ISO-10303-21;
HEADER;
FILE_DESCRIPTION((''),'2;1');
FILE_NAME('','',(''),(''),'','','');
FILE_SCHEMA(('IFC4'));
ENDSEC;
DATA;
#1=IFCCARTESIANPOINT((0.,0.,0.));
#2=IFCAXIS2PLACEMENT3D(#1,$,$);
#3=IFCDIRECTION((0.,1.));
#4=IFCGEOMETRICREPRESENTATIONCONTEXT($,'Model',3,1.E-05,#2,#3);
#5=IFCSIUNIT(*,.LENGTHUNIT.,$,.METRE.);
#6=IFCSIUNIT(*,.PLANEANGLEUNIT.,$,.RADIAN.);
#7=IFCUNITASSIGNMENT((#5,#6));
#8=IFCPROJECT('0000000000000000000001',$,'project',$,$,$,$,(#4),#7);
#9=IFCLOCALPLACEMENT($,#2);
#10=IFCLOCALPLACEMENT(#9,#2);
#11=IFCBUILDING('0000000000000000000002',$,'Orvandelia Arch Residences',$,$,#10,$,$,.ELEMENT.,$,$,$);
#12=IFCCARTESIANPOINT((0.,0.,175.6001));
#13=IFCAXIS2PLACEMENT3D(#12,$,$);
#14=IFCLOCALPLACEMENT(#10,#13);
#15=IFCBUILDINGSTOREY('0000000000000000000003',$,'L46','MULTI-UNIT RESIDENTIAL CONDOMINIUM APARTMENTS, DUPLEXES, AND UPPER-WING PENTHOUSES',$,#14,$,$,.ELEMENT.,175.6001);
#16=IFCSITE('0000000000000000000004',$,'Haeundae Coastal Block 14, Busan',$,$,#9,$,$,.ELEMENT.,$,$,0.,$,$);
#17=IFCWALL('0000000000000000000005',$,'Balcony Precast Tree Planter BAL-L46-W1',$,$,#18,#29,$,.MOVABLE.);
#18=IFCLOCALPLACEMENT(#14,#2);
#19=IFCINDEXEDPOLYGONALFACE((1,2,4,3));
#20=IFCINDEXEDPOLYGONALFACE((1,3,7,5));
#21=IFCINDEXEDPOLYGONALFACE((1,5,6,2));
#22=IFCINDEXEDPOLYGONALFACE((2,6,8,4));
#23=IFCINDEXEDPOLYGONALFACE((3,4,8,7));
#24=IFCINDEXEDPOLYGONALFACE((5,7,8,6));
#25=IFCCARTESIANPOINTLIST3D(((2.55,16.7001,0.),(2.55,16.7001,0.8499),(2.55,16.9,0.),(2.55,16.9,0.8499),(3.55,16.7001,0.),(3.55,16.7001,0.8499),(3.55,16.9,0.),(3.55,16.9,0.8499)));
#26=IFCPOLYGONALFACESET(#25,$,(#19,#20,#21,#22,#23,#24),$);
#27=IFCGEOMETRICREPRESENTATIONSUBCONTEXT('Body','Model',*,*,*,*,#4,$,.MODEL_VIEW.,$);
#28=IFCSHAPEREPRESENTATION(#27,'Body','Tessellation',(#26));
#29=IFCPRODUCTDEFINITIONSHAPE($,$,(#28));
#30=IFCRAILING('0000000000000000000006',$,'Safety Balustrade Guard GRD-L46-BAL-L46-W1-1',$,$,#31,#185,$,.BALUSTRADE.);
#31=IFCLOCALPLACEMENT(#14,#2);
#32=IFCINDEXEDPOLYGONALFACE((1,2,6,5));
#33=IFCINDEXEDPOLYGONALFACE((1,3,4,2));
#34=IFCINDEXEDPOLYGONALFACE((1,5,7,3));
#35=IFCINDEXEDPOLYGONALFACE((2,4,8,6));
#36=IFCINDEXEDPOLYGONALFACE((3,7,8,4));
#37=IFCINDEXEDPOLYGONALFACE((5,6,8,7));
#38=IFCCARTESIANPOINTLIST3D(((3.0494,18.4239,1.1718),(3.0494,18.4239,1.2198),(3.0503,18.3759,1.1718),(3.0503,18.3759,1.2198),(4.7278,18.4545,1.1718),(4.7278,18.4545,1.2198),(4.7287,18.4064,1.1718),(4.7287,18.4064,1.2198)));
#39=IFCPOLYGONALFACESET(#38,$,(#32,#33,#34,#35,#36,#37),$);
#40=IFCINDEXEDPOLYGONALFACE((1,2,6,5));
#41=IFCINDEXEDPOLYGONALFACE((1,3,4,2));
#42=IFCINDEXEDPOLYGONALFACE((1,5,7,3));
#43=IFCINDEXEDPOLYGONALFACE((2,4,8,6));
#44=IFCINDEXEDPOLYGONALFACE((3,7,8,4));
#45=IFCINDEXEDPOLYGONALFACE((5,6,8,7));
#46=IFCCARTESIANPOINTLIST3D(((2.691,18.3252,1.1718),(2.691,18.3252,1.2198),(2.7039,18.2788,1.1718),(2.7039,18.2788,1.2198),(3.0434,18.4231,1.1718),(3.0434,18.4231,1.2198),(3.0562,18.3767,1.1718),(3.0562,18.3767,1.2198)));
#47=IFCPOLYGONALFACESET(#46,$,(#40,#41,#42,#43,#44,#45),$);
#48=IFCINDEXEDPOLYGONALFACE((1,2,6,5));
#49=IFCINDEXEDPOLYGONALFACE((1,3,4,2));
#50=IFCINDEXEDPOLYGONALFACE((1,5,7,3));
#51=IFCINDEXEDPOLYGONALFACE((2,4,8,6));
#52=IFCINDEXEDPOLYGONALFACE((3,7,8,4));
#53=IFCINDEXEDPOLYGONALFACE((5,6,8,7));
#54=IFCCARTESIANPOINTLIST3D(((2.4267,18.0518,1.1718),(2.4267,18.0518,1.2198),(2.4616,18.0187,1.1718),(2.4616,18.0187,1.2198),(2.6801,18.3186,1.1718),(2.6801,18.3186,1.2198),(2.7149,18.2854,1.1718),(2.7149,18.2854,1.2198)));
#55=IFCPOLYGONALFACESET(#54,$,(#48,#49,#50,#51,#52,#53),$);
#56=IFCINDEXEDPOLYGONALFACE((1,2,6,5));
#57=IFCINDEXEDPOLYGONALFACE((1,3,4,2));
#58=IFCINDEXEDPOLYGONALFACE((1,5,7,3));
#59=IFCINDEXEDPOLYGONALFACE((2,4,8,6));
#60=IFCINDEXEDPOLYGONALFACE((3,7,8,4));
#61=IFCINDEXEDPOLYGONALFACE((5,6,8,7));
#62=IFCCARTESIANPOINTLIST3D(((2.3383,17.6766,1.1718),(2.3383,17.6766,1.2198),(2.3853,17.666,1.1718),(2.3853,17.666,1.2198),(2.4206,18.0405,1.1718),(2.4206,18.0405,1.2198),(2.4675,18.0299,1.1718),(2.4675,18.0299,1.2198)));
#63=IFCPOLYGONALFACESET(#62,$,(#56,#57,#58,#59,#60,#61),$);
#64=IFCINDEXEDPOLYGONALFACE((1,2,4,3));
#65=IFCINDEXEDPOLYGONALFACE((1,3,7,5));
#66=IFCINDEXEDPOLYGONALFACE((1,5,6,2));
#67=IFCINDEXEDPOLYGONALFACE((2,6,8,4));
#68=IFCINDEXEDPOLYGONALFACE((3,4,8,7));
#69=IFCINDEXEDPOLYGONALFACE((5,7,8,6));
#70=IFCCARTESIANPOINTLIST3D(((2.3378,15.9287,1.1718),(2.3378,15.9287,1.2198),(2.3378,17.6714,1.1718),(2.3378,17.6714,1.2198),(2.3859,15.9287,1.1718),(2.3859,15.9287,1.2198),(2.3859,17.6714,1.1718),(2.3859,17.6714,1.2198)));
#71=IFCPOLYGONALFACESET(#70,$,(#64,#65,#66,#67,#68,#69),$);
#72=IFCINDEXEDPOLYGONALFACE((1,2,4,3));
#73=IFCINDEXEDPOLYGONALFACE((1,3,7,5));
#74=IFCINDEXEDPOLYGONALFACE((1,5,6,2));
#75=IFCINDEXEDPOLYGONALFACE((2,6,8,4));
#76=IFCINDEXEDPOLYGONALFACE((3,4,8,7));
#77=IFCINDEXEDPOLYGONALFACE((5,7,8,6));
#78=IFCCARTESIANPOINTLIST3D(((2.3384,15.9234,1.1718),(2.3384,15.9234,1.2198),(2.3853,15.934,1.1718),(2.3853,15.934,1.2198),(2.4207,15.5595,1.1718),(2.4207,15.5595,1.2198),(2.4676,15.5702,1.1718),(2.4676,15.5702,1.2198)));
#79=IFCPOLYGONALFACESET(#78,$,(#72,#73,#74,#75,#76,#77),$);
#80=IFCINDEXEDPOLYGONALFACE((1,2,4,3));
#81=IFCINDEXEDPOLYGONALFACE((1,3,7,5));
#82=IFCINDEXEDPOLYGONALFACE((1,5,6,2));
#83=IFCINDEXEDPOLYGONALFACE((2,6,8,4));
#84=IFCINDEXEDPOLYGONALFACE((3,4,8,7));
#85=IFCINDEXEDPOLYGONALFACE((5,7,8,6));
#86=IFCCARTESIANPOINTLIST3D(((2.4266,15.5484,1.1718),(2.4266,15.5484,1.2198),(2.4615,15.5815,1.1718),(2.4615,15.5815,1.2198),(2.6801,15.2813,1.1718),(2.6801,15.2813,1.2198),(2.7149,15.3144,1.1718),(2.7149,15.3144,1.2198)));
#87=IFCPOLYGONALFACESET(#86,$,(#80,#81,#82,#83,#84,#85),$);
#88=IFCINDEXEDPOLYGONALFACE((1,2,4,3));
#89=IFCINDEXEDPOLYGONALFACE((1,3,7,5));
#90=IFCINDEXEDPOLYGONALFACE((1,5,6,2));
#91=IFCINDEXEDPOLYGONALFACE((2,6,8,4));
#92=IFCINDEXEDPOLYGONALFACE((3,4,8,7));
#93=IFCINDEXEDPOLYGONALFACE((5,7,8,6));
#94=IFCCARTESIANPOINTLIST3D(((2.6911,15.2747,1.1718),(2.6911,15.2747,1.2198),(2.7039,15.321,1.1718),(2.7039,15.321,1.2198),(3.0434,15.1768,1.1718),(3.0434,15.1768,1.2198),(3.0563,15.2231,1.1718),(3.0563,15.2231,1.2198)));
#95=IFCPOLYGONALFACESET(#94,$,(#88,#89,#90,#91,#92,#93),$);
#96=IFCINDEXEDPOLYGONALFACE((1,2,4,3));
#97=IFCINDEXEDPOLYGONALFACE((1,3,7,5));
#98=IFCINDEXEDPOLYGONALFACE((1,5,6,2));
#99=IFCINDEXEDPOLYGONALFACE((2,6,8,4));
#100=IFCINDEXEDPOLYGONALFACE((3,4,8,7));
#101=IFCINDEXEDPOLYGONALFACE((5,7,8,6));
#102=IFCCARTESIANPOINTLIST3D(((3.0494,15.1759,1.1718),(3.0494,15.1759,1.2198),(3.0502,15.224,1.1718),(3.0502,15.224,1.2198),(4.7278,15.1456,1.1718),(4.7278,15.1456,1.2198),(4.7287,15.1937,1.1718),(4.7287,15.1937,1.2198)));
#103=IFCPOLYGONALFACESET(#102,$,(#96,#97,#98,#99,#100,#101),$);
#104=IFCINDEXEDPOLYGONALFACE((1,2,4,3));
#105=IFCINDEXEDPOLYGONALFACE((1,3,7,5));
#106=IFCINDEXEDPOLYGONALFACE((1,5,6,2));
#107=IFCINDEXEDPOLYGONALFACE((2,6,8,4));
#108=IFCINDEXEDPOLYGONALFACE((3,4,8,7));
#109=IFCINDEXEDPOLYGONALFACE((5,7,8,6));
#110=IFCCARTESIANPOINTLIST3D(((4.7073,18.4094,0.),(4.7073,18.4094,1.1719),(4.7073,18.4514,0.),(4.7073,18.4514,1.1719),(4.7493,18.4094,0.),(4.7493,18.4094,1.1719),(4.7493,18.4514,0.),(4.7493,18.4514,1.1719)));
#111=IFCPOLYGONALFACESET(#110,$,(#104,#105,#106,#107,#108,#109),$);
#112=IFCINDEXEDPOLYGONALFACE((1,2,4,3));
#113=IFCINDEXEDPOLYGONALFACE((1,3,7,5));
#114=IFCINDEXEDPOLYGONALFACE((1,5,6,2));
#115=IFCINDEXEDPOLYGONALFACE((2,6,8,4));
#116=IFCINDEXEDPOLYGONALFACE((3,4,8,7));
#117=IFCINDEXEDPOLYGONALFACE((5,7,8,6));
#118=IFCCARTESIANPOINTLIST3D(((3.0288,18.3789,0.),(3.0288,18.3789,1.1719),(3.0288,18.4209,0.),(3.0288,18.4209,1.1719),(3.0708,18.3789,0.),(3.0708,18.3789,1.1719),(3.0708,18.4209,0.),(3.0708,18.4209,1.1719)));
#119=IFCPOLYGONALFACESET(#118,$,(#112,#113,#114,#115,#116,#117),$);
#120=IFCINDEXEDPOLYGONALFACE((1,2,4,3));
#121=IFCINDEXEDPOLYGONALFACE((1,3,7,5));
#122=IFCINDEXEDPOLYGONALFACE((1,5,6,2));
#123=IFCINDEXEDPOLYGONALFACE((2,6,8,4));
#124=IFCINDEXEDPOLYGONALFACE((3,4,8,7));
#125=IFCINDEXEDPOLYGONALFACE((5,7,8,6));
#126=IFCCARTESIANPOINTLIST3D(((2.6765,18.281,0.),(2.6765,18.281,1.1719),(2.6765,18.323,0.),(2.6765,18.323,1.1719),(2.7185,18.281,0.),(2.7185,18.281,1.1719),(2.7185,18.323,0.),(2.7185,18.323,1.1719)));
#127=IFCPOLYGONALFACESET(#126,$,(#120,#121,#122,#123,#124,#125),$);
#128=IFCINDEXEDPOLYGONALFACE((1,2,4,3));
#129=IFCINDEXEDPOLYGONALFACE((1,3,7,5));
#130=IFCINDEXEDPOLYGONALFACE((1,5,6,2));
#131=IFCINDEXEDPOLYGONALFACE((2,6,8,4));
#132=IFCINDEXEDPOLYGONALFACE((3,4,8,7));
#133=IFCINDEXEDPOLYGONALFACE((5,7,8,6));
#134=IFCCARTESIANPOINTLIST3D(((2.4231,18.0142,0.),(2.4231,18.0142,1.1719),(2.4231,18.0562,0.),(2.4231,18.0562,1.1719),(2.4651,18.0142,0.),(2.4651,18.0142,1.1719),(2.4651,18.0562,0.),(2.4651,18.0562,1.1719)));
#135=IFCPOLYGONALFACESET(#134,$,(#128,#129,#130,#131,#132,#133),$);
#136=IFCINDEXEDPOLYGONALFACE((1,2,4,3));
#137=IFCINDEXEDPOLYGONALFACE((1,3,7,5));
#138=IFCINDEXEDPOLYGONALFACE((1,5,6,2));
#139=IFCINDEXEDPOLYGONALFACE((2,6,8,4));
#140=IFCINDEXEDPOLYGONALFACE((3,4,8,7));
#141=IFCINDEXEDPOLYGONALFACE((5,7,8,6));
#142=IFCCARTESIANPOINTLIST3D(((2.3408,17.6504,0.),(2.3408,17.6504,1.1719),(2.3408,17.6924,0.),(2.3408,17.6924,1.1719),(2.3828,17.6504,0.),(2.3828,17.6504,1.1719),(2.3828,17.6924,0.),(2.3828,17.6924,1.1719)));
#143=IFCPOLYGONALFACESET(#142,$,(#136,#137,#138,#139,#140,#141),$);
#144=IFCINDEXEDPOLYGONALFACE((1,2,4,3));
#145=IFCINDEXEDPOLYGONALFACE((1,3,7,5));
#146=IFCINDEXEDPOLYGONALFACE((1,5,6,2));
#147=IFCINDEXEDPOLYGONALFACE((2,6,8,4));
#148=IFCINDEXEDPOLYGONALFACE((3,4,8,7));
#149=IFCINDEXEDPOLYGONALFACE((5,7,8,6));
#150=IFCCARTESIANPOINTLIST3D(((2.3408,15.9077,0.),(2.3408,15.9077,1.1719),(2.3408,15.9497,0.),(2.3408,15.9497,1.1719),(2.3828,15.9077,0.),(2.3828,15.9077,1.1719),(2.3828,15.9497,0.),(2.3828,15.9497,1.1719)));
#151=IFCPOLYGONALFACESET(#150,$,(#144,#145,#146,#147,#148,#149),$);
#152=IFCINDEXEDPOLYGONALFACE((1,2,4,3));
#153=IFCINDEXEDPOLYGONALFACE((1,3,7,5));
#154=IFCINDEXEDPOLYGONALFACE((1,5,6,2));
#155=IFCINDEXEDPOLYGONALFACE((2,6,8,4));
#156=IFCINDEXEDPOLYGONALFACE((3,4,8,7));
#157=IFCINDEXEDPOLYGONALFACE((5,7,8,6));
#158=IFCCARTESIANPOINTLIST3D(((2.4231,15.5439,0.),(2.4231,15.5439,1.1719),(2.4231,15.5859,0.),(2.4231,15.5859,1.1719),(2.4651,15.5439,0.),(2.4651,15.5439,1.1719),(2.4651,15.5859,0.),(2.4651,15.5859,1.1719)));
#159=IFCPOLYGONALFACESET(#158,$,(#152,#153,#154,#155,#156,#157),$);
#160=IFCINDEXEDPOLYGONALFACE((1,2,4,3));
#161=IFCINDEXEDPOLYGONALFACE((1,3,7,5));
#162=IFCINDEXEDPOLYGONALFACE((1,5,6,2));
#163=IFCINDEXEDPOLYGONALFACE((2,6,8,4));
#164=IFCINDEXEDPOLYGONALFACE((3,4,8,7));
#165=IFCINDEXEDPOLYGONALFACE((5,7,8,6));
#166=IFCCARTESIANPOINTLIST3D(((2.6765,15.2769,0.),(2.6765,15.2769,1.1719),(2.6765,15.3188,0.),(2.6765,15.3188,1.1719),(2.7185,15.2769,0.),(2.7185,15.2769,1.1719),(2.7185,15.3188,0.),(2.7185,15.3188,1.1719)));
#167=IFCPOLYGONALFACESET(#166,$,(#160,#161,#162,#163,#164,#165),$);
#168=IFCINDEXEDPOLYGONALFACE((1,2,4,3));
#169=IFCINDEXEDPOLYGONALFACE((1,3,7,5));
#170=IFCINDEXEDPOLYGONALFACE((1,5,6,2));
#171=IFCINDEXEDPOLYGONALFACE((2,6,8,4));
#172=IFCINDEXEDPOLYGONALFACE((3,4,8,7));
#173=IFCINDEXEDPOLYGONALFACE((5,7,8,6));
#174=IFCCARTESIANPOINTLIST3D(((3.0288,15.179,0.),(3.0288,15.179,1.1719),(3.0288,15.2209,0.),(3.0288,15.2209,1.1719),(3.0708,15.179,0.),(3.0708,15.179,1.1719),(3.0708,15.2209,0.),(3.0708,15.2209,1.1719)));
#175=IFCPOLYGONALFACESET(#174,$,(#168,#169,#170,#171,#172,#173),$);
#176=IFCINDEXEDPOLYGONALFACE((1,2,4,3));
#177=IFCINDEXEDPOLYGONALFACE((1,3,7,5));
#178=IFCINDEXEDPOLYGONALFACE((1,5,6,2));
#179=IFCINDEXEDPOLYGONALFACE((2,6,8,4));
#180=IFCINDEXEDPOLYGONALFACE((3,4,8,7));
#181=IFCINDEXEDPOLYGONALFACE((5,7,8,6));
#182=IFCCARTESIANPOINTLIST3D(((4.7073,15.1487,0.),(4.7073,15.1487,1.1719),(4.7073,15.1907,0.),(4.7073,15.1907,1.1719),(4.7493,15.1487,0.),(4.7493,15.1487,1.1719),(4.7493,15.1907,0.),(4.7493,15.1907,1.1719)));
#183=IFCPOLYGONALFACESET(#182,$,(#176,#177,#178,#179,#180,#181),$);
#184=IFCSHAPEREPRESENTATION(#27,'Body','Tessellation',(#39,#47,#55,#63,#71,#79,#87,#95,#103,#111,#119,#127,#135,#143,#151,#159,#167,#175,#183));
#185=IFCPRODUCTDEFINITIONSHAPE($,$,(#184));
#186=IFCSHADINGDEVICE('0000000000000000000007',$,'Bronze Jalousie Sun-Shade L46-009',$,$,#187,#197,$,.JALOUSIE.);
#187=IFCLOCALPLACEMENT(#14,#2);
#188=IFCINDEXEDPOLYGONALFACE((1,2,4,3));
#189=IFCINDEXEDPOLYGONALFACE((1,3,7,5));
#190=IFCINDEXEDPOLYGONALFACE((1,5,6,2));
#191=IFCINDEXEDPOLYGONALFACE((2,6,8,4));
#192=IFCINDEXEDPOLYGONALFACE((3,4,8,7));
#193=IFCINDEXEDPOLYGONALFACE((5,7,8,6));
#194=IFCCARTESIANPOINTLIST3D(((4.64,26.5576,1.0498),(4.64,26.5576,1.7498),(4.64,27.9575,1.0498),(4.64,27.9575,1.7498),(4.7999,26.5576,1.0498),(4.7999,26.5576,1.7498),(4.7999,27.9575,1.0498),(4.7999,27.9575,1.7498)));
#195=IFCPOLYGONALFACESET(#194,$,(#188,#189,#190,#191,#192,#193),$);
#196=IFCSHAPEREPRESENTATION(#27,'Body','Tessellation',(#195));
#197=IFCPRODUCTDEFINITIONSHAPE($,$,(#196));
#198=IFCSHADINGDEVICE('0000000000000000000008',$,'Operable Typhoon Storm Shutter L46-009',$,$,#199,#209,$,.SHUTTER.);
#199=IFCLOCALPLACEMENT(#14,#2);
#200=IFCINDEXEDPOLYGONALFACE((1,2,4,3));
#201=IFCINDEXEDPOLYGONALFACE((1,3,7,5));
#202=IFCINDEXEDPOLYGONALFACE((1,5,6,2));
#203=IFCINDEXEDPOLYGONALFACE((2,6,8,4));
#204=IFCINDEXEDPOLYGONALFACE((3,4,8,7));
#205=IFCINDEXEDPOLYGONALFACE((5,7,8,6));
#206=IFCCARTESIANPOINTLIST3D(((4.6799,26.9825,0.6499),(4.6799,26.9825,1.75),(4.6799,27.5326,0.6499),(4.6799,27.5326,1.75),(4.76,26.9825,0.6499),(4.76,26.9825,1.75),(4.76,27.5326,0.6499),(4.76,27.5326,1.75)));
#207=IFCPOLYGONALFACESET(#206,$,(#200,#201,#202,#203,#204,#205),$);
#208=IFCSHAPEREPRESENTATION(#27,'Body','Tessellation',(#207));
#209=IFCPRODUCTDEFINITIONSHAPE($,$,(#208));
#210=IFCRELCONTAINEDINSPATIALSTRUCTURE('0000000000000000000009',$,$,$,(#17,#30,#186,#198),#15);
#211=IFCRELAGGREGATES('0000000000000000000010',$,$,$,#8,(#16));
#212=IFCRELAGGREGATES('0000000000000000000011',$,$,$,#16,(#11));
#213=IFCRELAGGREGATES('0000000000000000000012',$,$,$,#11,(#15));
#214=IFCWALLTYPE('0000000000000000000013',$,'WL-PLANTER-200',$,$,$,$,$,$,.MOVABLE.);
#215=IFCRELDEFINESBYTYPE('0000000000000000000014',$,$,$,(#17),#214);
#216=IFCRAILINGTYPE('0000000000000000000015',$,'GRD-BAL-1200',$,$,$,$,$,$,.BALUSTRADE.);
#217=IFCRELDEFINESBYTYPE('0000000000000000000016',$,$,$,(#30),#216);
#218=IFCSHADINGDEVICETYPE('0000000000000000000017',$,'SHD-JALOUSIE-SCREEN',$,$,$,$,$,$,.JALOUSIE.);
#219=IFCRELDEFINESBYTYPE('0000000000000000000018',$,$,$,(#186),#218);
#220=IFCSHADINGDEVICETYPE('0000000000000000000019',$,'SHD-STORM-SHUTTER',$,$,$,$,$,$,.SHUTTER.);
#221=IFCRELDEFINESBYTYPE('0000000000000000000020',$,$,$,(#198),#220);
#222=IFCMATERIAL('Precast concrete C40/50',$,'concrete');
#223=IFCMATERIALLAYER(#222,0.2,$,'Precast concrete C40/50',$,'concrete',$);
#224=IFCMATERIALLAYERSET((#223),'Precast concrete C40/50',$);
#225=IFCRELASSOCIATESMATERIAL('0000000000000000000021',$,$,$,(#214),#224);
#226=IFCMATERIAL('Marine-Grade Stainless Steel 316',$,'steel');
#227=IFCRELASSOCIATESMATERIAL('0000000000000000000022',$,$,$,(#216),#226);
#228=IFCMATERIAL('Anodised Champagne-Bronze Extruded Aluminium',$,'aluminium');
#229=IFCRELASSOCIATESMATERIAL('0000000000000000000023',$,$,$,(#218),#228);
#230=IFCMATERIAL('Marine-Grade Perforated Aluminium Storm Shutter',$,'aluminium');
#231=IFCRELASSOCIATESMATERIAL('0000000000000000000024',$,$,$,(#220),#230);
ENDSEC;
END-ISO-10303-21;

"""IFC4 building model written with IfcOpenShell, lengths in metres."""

from ifc_helpers import new_model, si_unit, direction, frame, frame_2d, origin, origin_2d, place, context, subcontext, project, spatial, rectangle, extrude, material, layer, layer_set, type_object, element, save


model = new_model("IFC4")

# Units and contexts
model_context = context("Model", 3, precision=1e-05, world=origin(), true_north=direction((0.0, 1.0)))
body_context = subcontext(model_context, "Body", "Model", "MODEL_VIEW")
ifc_project = project(units=[si_unit("LENGTHUNIT", "METRE"), si_unit("PLANEANGLEUNIT", "RADIAN")], contexts=[model_context])

# Site, building, storey
site_placement = place(None, origin())
site = spatial("IfcSite", under=ifc_project, at=site_placement, Name="Haeundae Coastal Block 14, Busan", CompositionType="ELEMENT", RefElevation=0.0)
building_placement = place(site_placement, origin())
building = spatial("IfcBuilding", under=site, at=building_placement, Name="Orvandelia Arch Residences", CompositionType="ELEMENT")
storey_placement = place(building_placement, frame((0.0, 0.0, 175.6001)))
storey = spatial("IfcBuildingStorey", under=building, at=storey_placement, Name="L46", Description="MULTI-UNIT RESIDENTIAL CONDOMINIUM APARTMENTS, DUPLEXES, AND UPPER-WING PENTHOUSES", CompositionType="ELEMENT", Elevation=175.6001)

# Wall
ifc_material_1 = material(Name="Precast concrete C40/50", Category="concrete")
ifc_layer_1 = layer(ifc_material_1, 0.2, Name="Precast concrete C40/50", Category="concrete")
ifc_layer_set_1 = layer_set([ifc_layer_1], Name="Precast concrete C40/50")
wall_type_1 = type_object("IfcWallType", Name="WL-PLANTER-200", PredefinedType="MOVABLE", material=ifc_layer_set_1)
wall_1_placement = place(storey_placement, frame((2.55, 16.8, 0.0), z_axis=(0.0, 0.0, 1.0), x_axis=(1.0, 0.0, 0.0)))
element("IfcWall", 1, at=wall_1_placement, inside=storey, type_object=wall_type_1, Name="Balcony Precast Tree Planter BAL-L46-W1", PredefinedType="MOVABLE", context=body_context, shape_type="SweptSolid", body=[
    extrude(rectangle(XDim=1.0, YDim=0.2, at=frame_2d((0.5, 0.0))), origin(), (0.0, 0.0, 1.0), 0.8499),
])

# Railing
ifc_material_2 = material(Name="Marine-Grade Stainless Steel 316", Category="steel")
railing_type = type_object("IfcRailingType", Name="GRD-BAL-1200", PredefinedType="BALUSTRADE", material=ifc_material_2)
railing_placement = place(storey_placement, frame((4.7283, 18.4304, 0.0)))
element("IfcRailing", 2, at=railing_placement, inside=storey, type_object=railing_type, Name="Safety Balustrade Guard GRD-L46-BAL-L46-W1-1", PredefinedType="BALUSTRADE", context=body_context, shape_type="SweptSolid", body=[
    extrude(rectangle(XDim=0.0481, YDim=0.0481, at=origin_2d()), frame((0.0, 0.0, 1.1958), z_axis=(-0.999835, -0.018179, 0.0), x_axis=(0.018179, -0.999835, 0.0)), (0.0, 0.0, 1.0), 1.6787),
    extrude(rectangle(XDim=0.0481, YDim=0.0481, at=origin_2d()), frame((-1.6785, -0.0305, 1.1958), z_axis=(-0.963489, -0.267747, 0.0), x_axis=(0.267747, -0.963489, 0.0)), (0.0, 0.0, 1.0), 0.3657),
    extrude(rectangle(XDim=0.0481, YDim=0.0481, at=origin_2d()), frame((-2.0308, -0.1284, 1.1958), z_axis=(-0.688627, -0.725115, 0.0), x_axis=(0.725115, -0.688627, 0.0)), (0.0, 0.0, 1.0), 0.3679),
    extrude(rectangle(XDim=0.0481, YDim=0.0481, at=origin_2d()), frame((-2.2842, -0.3953, 1.1958), z_axis=(-0.220602, -0.975364, 0.0), x_axis=(0.975364, -0.220602, 0.0)), (0.0, 0.0, 1.0), 0.373),
    extrude(rectangle(XDim=0.0481, YDim=0.0481, at=origin_2d()), frame((-2.3665, -0.759, 1.1958), z_axis=(0.0, -1.0, 0.0), x_axis=(1.0, 0.0, 0.0)), (0.0, 0.0, 1.0), 1.7427),
    extrude(rectangle(XDim=0.0481, YDim=0.0481, at=origin_2d()), frame((-2.3665, -2.5017, 1.1958), z_axis=(0.220602, -0.975364, 0.0), x_axis=(0.975364, 0.220602, 0.0)), (0.0, 0.0, 1.0), 0.373),
    extrude(rectangle(XDim=0.0481, YDim=0.0481, at=origin_2d()), frame((-2.2842, -2.8655, 1.1958), z_axis=(0.688296, -0.72543, 0.0), x_axis=(0.72543, 0.688296, 0.0)), (0.0, 0.0, 1.0), 0.3682),
    extrude(rectangle(XDim=0.0481, YDim=0.0481, at=origin_2d()), frame((-2.0308, -3.1326, 1.1958), z_axis=(0.963489, -0.267747, 0.0), x_axis=(0.267747, 0.963489, 0.0)), (0.0, 0.0, 1.0), 0.3657),
    extrude(rectangle(XDim=0.0481, YDim=0.0481, at=origin_2d()), frame((-1.6785, -3.2305, 1.1958), z_axis=(0.999837, -0.018033, 0.0), x_axis=(0.018033, 0.999837, 0.0)), (0.0, 0.0, 1.0), 1.6787),
    extrude(rectangle(XDim=0.042, YDim=0.042, at=origin_2d()), origin(), (0.0, 0.0, 1.0), 1.1719),
    extrude(rectangle(XDim=0.042, YDim=0.042, at=origin_2d()), frame((-1.6785, -0.0305, 0.0)), (0.0, 0.0, 1.0), 1.1719),
    extrude(rectangle(XDim=0.042, YDim=0.042, at=origin_2d()), frame((-2.0308, -0.1284, 0.0)), (0.0, 0.0, 1.0), 1.1719),
    extrude(rectangle(XDim=0.042, YDim=0.042, at=origin_2d()), frame((-2.2842, -0.3953, 0.0)), (0.0, 0.0, 1.0), 1.1719),
    extrude(rectangle(XDim=0.042, YDim=0.042, at=origin_2d()), frame((-2.3665, -0.759, 0.0)), (0.0, 0.0, 1.0), 1.1719),
    extrude(rectangle(XDim=0.042, YDim=0.042, at=origin_2d()), frame((-2.3665, -2.5017, 0.0)), (0.0, 0.0, 1.0), 1.1719),
    extrude(rectangle(XDim=0.042, YDim=0.042, at=origin_2d()), frame((-2.2842, -2.8655, 0.0)), (0.0, 0.0, 1.0), 1.1719),
    extrude(rectangle(XDim=0.042, YDim=0.042, at=origin_2d()), frame((-2.0308, -3.1326, 0.0)), (0.0, 0.0, 1.0), 1.1719),
    extrude(rectangle(XDim=0.042, YDim=0.042, at=origin_2d()), frame((-1.6785, -3.2305, 0.0)), (0.0, 0.0, 1.0), 1.1719),
    extrude(rectangle(XDim=0.042, YDim=0.042, at=origin_2d()), frame((0.0, -3.2607, 0.0)), (0.0, 0.0, 1.0), 1.1719),
])

# Shading devices
ifc_material_3 = material(Name="Anodised Champagne-Bronze Extruded Aluminium", Category="aluminium")
shading_device_type_1 = type_object("IfcShadingDeviceType", Name="SHD-JALOUSIE-SCREEN", PredefinedType="JALOUSIE", material=ifc_material_3)
shading_device_1_placement = place(storey_placement, frame((4.72, 27.2576, 1.0498), z_axis=(0.0, 0.0, 1.0), x_axis=(0.0, 1.0, 0.0)))
element("IfcShadingDevice", 3, at=shading_device_1_placement, inside=storey, type_object=shading_device_type_1, Name="Bronze Jalousie Sun-Shade L46-009", PredefinedType="JALOUSIE", context=body_context, shape_type="SweptSolid", body=[
    extrude(rectangle(XDim=1.3999, YDim=0.1599, at=origin_2d()), origin(), (0.0, 0.0, 1.0), 0.7),
])
ifc_material_4 = material(Name="Marine-Grade Perforated Aluminium Storm Shutter", Category="aluminium")
shading_device_type_2 = type_object("IfcShadingDeviceType", Name="SHD-STORM-SHUTTER", PredefinedType="SHUTTER", material=ifc_material_4)
shading_device_2_placement = place(storey_placement, frame((4.72, 27.2576, 0.6499), z_axis=(0.0, 0.0, 1.0), x_axis=(0.0, 1.0, 0.0)))
element("IfcShadingDevice", 4, at=shading_device_2_placement, inside=storey, type_object=shading_device_type_2, Name="Operable Typhoon Storm Shutter L46-009", PredefinedType="SHUTTER", context=body_context, shape_type="SweptSolid", body=[
    extrude(rectangle(XDim=0.55, YDim=0.0801, at=origin_2d()), origin(), (0.0, 0.0, 1.0), 1.1001),
])

save(model, "model.ifc")
